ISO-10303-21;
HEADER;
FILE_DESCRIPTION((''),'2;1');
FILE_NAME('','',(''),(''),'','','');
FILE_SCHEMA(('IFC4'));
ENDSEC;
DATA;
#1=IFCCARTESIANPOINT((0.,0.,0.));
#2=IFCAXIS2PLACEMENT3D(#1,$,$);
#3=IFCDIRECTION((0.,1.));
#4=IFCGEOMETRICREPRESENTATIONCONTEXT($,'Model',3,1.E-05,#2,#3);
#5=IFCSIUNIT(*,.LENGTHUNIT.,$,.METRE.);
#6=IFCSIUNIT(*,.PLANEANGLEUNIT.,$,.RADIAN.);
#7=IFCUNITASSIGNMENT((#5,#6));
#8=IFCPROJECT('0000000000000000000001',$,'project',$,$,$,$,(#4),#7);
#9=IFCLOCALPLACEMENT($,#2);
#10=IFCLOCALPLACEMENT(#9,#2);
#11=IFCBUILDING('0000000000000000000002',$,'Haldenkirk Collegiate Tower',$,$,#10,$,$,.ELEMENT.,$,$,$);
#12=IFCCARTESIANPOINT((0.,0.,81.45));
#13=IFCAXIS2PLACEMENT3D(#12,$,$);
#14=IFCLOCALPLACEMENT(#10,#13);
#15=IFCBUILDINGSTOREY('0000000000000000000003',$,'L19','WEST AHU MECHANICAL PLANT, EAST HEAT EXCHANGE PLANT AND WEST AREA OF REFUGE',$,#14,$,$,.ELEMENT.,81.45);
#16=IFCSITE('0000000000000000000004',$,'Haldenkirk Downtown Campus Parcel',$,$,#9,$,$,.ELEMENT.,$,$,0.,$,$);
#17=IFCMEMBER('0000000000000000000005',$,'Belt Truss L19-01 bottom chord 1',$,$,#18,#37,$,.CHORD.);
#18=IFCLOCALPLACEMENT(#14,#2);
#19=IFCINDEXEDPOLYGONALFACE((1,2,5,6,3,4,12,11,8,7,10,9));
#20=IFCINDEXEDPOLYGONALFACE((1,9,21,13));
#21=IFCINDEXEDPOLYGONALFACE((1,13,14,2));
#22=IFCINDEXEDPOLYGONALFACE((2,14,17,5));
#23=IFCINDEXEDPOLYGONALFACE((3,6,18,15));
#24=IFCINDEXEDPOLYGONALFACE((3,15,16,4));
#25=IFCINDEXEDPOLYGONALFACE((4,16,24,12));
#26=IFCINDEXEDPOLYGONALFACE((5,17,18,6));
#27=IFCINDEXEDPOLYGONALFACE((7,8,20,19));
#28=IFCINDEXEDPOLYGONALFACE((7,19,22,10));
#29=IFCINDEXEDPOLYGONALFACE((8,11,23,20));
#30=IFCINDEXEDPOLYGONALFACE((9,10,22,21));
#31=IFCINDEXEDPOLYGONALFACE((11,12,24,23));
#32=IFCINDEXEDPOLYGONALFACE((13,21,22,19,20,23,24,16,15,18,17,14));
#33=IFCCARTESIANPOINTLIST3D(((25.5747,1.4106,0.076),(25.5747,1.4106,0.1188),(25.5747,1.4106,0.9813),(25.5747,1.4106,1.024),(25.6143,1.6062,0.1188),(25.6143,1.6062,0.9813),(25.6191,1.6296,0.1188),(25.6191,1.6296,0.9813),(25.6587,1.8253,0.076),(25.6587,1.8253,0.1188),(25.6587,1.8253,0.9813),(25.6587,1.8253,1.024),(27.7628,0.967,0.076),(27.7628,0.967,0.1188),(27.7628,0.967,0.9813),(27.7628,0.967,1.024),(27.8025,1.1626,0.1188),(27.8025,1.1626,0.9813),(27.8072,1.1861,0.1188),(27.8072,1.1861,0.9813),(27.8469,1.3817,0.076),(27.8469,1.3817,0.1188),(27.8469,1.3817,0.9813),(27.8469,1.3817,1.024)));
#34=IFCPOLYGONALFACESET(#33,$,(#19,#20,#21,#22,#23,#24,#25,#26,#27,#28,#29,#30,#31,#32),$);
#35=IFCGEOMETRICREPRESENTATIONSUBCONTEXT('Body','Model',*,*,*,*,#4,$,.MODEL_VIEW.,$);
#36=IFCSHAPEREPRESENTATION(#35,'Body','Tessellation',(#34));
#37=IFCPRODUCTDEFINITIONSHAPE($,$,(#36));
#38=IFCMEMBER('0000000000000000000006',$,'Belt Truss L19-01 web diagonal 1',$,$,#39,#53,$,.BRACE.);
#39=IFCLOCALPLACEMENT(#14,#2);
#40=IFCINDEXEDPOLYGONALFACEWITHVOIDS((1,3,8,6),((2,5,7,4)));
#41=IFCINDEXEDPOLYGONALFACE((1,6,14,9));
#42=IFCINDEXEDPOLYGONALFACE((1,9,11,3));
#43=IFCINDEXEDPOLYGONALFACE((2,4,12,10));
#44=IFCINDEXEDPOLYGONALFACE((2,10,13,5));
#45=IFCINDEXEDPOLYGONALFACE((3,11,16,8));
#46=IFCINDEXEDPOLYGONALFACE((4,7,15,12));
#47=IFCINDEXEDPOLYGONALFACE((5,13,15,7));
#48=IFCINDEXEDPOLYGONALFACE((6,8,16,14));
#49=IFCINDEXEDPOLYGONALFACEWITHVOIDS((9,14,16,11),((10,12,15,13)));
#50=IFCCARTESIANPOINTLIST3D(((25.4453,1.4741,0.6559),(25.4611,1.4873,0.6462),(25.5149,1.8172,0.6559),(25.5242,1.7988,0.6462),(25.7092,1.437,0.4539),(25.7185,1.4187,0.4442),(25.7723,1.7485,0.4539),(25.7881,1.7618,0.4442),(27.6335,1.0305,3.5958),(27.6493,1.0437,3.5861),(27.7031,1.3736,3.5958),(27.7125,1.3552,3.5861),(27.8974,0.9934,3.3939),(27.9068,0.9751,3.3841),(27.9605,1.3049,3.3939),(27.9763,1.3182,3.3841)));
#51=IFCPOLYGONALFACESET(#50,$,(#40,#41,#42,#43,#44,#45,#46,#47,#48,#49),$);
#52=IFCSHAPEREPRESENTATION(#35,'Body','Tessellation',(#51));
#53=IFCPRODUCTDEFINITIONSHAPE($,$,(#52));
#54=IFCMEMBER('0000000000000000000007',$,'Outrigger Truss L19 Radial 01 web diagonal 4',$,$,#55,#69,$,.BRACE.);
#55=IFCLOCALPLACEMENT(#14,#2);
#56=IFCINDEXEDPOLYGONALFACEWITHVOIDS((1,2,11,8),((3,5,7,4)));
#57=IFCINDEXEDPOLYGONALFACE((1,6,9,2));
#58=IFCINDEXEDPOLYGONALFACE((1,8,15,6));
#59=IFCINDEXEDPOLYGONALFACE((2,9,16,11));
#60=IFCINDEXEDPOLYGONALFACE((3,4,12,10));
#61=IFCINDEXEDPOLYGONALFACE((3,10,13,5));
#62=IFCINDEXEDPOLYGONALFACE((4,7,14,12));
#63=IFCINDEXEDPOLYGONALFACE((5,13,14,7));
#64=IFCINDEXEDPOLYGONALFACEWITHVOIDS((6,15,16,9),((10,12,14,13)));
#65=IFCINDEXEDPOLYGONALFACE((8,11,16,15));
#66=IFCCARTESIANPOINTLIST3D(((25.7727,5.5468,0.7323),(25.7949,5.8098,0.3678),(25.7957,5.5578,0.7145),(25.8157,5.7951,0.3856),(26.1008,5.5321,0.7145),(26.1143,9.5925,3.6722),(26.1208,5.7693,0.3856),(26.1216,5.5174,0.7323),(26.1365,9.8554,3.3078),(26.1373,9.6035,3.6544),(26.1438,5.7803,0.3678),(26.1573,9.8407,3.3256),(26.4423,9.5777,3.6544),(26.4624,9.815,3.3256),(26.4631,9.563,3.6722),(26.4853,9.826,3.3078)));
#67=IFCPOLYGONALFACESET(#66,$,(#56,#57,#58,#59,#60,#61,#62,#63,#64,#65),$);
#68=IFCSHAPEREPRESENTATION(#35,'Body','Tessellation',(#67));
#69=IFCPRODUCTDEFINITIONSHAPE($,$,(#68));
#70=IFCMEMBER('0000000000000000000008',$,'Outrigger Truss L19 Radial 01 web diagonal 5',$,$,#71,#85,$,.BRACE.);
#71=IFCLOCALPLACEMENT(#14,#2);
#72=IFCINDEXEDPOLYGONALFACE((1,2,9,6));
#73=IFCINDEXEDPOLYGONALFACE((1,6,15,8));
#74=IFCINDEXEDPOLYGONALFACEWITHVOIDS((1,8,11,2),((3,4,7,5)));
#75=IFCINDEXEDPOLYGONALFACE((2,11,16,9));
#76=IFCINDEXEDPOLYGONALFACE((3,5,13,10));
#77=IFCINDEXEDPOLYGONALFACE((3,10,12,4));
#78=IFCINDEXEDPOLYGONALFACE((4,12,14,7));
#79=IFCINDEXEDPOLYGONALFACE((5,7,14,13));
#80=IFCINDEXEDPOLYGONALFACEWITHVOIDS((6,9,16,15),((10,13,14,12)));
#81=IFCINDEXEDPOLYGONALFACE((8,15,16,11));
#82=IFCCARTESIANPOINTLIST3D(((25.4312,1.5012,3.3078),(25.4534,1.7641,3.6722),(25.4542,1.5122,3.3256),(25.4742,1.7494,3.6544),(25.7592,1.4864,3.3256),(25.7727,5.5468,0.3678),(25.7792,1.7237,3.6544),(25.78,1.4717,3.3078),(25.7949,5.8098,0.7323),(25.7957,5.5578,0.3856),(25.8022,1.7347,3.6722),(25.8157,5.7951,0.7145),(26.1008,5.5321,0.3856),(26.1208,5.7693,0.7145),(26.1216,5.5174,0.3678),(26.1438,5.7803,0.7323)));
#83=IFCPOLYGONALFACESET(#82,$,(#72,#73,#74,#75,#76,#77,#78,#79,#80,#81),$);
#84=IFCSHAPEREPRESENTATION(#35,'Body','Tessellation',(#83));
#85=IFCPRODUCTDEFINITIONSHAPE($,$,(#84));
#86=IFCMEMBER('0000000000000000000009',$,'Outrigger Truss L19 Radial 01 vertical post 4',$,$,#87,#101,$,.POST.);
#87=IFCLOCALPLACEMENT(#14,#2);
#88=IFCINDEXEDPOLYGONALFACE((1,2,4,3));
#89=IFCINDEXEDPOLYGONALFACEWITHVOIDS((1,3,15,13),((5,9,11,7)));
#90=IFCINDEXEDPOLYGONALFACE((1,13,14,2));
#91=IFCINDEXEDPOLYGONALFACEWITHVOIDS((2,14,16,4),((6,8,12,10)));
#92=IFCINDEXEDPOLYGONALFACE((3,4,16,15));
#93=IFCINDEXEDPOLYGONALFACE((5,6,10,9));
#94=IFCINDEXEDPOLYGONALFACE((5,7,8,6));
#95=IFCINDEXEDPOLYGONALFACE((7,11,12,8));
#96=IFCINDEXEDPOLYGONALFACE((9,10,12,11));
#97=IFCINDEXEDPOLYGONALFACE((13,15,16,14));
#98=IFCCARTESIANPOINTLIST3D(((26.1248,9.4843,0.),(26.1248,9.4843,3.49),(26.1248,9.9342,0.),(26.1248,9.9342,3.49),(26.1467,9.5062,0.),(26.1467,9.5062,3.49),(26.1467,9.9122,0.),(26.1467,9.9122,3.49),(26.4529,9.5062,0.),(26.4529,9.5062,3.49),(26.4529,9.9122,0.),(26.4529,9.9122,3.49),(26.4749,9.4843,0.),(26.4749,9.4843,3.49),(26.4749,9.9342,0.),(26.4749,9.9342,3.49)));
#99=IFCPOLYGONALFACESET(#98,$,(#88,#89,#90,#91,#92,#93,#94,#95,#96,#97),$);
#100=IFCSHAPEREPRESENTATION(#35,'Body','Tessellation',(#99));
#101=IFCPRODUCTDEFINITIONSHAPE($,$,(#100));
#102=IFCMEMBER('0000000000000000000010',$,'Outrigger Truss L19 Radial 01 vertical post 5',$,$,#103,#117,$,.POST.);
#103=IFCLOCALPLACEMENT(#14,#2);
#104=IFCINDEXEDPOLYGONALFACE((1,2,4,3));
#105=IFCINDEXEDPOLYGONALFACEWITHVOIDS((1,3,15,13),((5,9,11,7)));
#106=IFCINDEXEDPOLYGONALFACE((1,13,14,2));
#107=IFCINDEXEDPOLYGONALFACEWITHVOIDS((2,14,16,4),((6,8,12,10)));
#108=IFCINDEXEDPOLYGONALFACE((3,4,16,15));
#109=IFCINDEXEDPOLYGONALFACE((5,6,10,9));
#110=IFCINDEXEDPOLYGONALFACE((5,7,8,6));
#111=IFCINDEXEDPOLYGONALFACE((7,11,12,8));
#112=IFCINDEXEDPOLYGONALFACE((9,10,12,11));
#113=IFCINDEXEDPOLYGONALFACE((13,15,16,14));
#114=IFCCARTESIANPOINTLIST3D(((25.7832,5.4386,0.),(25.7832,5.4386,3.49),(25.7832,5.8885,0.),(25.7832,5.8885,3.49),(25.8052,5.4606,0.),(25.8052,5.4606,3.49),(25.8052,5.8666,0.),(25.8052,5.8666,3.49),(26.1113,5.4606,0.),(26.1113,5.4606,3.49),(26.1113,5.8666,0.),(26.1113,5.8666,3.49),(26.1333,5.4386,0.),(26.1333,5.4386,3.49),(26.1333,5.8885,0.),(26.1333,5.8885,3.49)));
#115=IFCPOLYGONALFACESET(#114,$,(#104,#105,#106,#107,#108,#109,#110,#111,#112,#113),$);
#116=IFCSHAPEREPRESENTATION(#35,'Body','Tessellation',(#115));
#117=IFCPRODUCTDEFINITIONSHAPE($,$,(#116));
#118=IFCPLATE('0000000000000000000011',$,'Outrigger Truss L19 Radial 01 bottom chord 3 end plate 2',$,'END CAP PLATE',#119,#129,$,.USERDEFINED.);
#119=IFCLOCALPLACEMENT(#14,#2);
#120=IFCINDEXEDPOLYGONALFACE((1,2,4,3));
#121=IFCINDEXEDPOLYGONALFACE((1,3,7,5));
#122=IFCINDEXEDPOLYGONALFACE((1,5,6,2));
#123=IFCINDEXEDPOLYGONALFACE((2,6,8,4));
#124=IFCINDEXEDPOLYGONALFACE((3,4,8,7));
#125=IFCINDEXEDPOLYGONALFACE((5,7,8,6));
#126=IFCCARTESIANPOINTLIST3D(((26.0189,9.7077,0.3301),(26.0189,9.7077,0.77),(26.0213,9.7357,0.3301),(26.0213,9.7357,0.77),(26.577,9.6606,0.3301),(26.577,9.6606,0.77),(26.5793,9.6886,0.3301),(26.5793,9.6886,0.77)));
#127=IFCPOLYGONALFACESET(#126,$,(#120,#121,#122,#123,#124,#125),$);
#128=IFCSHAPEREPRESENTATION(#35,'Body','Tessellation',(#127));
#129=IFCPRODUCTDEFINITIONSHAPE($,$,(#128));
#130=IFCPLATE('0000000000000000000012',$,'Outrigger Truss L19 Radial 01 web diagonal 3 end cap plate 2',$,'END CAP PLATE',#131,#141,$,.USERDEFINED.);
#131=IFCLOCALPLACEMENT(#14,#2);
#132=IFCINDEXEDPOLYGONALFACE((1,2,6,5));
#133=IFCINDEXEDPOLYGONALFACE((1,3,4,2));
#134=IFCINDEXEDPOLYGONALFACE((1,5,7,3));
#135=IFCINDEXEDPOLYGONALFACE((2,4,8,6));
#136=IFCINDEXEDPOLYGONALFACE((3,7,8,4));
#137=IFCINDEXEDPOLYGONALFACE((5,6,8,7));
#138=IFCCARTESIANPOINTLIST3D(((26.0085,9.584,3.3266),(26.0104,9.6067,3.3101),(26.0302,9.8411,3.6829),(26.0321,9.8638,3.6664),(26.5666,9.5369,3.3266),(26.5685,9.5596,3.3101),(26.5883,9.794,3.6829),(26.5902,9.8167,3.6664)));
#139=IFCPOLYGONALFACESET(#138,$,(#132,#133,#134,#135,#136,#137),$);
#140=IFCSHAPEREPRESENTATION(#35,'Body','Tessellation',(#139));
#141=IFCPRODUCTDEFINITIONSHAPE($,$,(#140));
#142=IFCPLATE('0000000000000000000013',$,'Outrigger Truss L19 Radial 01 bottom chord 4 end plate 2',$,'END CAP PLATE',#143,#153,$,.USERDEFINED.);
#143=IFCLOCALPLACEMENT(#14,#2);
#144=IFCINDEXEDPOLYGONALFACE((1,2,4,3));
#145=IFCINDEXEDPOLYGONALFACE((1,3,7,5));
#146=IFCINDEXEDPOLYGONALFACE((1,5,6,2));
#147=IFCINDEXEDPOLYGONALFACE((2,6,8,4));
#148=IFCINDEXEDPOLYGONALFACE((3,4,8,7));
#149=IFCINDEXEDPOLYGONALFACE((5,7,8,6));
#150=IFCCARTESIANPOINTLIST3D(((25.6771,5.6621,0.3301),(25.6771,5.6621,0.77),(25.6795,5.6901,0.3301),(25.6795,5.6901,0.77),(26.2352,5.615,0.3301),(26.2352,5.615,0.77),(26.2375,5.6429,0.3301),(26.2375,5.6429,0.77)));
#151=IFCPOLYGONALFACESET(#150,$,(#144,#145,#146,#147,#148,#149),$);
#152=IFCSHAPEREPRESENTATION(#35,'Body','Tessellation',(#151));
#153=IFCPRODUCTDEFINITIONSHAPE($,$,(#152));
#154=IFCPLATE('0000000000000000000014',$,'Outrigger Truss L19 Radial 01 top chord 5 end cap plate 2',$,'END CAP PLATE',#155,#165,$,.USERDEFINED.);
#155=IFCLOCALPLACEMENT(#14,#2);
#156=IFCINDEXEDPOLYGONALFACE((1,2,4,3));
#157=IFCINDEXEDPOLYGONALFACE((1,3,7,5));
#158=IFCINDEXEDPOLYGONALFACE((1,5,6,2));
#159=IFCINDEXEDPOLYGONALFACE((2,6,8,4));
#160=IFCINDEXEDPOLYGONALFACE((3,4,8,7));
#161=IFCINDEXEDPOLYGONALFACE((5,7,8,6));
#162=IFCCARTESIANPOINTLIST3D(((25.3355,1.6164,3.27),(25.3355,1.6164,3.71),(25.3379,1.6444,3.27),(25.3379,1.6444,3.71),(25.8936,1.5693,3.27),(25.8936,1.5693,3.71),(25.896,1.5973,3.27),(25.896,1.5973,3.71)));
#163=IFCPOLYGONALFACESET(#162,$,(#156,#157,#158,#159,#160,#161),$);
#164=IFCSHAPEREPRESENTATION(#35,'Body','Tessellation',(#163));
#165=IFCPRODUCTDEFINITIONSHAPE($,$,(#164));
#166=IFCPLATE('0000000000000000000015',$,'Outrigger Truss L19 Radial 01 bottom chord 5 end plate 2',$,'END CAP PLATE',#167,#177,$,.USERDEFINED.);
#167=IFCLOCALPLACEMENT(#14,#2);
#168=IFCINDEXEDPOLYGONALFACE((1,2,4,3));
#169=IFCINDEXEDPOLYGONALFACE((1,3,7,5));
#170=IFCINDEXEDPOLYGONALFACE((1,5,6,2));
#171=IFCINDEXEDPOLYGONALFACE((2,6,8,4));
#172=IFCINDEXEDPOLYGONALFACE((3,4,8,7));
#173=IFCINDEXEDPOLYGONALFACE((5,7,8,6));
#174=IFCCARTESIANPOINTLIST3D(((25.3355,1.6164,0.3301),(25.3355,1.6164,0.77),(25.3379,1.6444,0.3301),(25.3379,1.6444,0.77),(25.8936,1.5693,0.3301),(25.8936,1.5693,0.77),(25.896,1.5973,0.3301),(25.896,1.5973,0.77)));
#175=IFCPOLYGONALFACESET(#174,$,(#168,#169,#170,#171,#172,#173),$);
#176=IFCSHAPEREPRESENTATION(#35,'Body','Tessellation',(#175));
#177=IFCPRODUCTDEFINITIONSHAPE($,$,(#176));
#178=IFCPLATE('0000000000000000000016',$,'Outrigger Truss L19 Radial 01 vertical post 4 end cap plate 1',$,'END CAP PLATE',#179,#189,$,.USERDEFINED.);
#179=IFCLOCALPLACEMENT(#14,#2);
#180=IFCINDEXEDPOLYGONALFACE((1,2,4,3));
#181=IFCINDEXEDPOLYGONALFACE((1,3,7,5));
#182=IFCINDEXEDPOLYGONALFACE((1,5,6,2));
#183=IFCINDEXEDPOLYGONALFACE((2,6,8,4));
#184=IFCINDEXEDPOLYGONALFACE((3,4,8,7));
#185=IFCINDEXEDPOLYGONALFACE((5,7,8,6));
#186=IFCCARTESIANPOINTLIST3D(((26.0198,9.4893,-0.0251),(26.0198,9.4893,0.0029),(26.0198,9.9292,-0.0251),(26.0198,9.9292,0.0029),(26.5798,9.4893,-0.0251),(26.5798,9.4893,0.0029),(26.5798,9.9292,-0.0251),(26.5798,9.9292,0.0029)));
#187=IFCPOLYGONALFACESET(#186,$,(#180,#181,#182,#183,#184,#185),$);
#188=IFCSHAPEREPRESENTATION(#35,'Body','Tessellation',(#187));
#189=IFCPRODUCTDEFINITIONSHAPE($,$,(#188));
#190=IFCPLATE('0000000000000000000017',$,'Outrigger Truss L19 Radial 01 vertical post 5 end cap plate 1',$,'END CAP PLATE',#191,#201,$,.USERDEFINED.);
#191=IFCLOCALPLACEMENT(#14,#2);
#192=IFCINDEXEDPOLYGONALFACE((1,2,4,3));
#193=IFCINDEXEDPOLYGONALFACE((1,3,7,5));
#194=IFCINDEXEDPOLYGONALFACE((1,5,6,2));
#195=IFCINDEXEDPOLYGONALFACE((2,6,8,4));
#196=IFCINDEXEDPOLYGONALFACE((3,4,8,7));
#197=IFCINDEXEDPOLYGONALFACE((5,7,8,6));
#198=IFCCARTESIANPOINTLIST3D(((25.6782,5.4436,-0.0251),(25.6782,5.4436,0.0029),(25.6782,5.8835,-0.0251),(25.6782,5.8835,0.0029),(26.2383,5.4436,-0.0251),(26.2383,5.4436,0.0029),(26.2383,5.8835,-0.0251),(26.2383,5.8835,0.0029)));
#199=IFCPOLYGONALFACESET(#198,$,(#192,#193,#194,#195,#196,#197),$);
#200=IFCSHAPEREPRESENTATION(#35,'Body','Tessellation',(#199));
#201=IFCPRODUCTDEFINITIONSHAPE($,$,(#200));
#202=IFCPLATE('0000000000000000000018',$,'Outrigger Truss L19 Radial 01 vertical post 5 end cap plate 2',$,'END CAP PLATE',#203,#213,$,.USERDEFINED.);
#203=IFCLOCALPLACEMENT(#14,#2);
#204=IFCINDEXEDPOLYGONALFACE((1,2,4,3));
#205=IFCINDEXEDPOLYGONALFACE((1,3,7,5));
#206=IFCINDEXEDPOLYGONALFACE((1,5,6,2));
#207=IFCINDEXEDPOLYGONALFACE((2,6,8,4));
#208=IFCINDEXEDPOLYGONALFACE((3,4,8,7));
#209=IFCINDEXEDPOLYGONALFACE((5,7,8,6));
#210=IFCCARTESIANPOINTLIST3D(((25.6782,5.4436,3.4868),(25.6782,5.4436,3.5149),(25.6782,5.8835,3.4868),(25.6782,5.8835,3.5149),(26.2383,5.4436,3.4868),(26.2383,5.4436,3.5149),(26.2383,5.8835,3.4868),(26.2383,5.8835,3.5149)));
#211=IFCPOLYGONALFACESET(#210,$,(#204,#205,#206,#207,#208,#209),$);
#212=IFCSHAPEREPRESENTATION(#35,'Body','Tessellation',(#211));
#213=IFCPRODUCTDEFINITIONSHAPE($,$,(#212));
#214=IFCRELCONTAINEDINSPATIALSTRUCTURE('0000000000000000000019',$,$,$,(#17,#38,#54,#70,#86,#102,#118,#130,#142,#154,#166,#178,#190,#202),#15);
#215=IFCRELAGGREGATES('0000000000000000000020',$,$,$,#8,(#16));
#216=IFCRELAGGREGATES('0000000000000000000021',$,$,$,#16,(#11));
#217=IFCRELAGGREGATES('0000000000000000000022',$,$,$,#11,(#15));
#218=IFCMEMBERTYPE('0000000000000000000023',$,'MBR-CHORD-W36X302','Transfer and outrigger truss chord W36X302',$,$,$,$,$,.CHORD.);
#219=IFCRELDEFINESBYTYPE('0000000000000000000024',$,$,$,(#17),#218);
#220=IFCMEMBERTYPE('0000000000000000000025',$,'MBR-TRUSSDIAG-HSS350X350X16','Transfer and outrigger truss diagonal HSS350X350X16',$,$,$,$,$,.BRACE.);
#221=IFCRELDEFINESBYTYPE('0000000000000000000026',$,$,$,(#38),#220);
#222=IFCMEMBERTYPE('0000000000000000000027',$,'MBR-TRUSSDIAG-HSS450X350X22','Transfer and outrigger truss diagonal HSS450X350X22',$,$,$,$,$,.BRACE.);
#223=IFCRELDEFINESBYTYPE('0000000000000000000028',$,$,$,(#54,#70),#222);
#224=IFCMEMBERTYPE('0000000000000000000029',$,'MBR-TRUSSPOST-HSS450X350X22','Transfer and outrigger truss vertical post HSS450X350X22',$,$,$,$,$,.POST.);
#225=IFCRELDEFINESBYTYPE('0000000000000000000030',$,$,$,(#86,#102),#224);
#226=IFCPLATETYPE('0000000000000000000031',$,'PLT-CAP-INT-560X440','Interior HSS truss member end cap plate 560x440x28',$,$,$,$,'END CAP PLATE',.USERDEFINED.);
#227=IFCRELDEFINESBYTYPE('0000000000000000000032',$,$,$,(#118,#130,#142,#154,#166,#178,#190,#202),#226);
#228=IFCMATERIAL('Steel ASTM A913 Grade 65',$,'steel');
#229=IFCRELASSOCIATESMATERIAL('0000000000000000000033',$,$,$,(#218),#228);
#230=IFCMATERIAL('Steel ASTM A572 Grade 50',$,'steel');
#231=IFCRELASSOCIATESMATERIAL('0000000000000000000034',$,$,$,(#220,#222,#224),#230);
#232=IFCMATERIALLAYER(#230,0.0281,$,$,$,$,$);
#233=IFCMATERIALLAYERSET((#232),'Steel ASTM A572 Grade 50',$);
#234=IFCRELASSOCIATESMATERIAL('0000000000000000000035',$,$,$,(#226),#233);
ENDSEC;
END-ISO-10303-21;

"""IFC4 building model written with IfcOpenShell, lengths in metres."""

from ifc_helpers import new_model, si_unit, direction, frame, origin, origin_2d, place, context, subcontext, project, spatial, rectangle, hollow_rectangle, i_section, extrude, source, transform, mapped, material, layer, layer_set, material_profile, profile_set, type_object, element, save


model = new_model("IFC4")

# Units and contexts
model_context = context("Model", 3, precision=1e-05, world=origin(), true_north=direction((0.0, 1.0)))
body_context = subcontext(model_context, "Body", "Model", "MODEL_VIEW")
ifc_project = project(units=[si_unit("LENGTHUNIT", "METRE"), si_unit("PLANEANGLEUNIT", "RADIAN")], contexts=[model_context])

# Site, building, storey
site_placement = place(None, origin())
site = spatial("IfcSite", under=ifc_project, at=site_placement, Name="Haldenkirk Downtown Campus Parcel", CompositionType="ELEMENT", RefElevation=0.0)
building_placement = place(site_placement, origin())
building = spatial("IfcBuilding", under=site, at=building_placement, Name="Haldenkirk Collegiate Tower", CompositionType="ELEMENT")
storey_placement = place(building_placement, frame((0.0, 0.0, 81.45)))
storey = spatial("IfcBuildingStorey", under=building, at=storey_placement, Name="L19", Description="WEST AHU MECHANICAL PLANT, EAST HEAT EXCHANGE PLANT AND WEST AREA OF REFUGE", CompositionType="ELEMENT", Elevation=81.45)

# Shared definitions
ifc_material_1 = material(Name="Steel ASTM A913 Grade 65", Category="steel")

# Members
ifc_material_2 = material(Name="Steel ASTM A572 Grade 50", Category="steel")
ifc_material_profile_1 = material_profile(ifc_material_1, i_section(OverallWidth=0.4231, OverallDepth=0.948, WebThickness=0.0239, FlangeThickness=0.0427, at=origin_2d()), Name="W36X302")
ifc_profile_set_1 = profile_set([ifc_material_profile_1], Name="Steel ASTM A913 Grade 65")
member_type_1 = type_object("IfcMemberType", Name="MBR-CHORD-W36X302", Description="Transfer and outrigger truss chord W36X302", PredefinedType="CHORD", material=ifc_profile_set_1)
member_1_placement = place(storey_placement, frame((25.6167, 1.6179, 0.55), z_axis=(0.980064, -0.198681, 0.0), x_axis=(0.198681, 0.980064, 0.0)))
element("IfcMember", 1, at=member_1_placement, inside=storey, type_object=member_type_1, Name="Belt Truss L19-01 bottom chord 1", PredefinedType="CHORD", context=body_context, shape_type="SweptSolid", body=[
    extrude(i_section(OverallWidth=0.4231, OverallDepth=0.948, WebThickness=0.0239, FlangeThickness=0.0427, at=origin_2d()), origin(), (0.0, 0.0, 1.0), 2.2327),
])
ifc_material_profile_2 = material_profile(ifc_material_2, hollow_rectangle(XDim=0.3501, YDim=0.3501, WallThickness=0.0161, at=origin_2d()), Name="HSS350X350X16")
ifc_profile_set_2 = profile_set([ifc_material_profile_2], Name="Steel ASTM A572 Grade 50")
member_type_2 = type_object("IfcMemberType", Name="MBR-TRUSSDIAG-HSS350X350X16", Description="Transfer and outrigger truss diagonal HSS350X350X16", PredefinedType="BRACE", material=ifc_profile_set_2)
member_2_placement = place(storey_placement, frame((25.6167, 1.6179, 0.55), z_axis=(0.592749, -0.120163, 0.796372), x_axis=(0.198681, 0.980064, 0.0)))
element("IfcMember", 2, at=member_2_placement, inside=storey, type_object=member_type_2, Name="Belt Truss L19-01 web diagonal 1", PredefinedType="BRACE", context=body_context, shape_type="SweptSolid", body=[
    extrude(hollow_rectangle(XDim=0.3501, YDim=0.3501, WallThickness=0.0161, at=origin_2d()), origin(), (0.0, 0.0, 1.0), 3.6917),
])
ifc_material_profile_3 = material_profile(ifc_material_2, hollow_rectangle(XDim=0.3501, YDim=0.45, WallThickness=0.022, at=origin_2d()), Name="HSS450X350X22")
ifc_profile_set_3 = profile_set([ifc_material_profile_3], Name="Steel ASTM A572 Grade 50")
member_type_3 = type_object("IfcMemberType", Name="MBR-TRUSSDIAG-HSS450X350X22", Description="Transfer and outrigger truss diagonal HSS450X350X22", PredefinedType="BRACE", material=ifc_profile_set_3)
for number, where, z_axis, x_axis, name in (
    (3, (26.2998, 9.7092, 3.49), (-0.068137, -0.80708, -0.586498), (0.996455, -0.084125, 0.0), "Outrigger Truss L19 Radial 01 web diagonal 4"),
    (4, (25.9583, 5.6636, 0.55), (-0.068137, -0.80708, 0.586498), (0.996455, -0.084125, 0.0), "Outrigger Truss L19 Radial 01 web diagonal 5"),
):
    element("IfcMember", number, at=place(storey_placement, frame(where, z_axis=z_axis, x_axis=x_axis)), inside=storey, type_object=member_type_3, Name=name, PredefinedType="BRACE", context=body_context, shape_type="SweptSolid", body=[
        extrude(hollow_rectangle(XDim=0.3501, YDim=0.45, WallThickness=0.022, at=origin_2d()), origin(), (0.0, 0.0, 1.0), 5.0127),
    ])
ifc_material_profile_4 = material_profile(ifc_material_2, hollow_rectangle(XDim=0.3501, YDim=0.45, WallThickness=0.022, at=origin_2d()), Name="HSS450X350X22")
ifc_profile_set_4 = profile_set([ifc_material_profile_4], Name="Steel ASTM A572 Grade 50")
member_type_4 = type_object("IfcMemberType", Name="MBR-TRUSSPOST-HSS450X350X22", Description="Transfer and outrigger truss vertical post HSS450X350X22", PredefinedType="POST", material=ifc_profile_set_4)
for number, where, z_axis, x_axis, name in (
    (5, (26.2998, 9.7092, 0.0), (0.0, 0.0, 1.0), (1.0, 0.0, 0.0), "Outrigger Truss L19 Radial 01 vertical post 4"),
    (6, (25.9583, 5.6636, 0.0), (0.0, 0.0, 1.0), (1.0, 0.0, 0.0), "Outrigger Truss L19 Radial 01 vertical post 5"),
):
    element("IfcMember", number, at=place(storey_placement, frame(where, z_axis=z_axis, x_axis=x_axis)), inside=storey, type_object=member_type_4, Name=name, PredefinedType="POST", context=body_context, shape_type="SweptSolid", body=[
        extrude(hollow_rectangle(XDim=0.3501, YDim=0.45, WallThickness=0.022, at=origin_2d()), origin(), (0.0, 0.0, 1.0), 3.49),
    ])

# Plates
ifc_layer = layer(ifc_material_2, 0.0281)
ifc_layer_set = layer_set([ifc_layer], Name="Steel ASTM A572 Grade 50")
plate_type = type_object("IfcPlateType", Name="PLT-CAP-INT-560X440", Description="Interior HSS truss member end cap plate 560x440x28", ElementType="END CAP PLATE", PredefinedType="USERDEFINED", material=ifc_layer_set)
shared_shape = source(origin(), body_context, "Body", "SweptSolid", [
    extrude(rectangle(XDim=0.5601, YDim=0.4399, at=origin_2d()), origin(), (0.0, 0.0, 1.0), 0.0281),
])
for number, where, z_axis, x_axis, name in (
    (7, (26.3003, 9.7122, 0.55), (-0.084148, -0.996453, 0.0), (0.996453, -0.084148, 0.0), "Outrigger Truss L19 Radial 01 bottom chord 3 end plate 2"),
    (8, (26.3003, 9.7117, 3.4883), (-0.068146, -0.807077, 0.586501), (0.996454, -0.084136, 0.0), "Outrigger Truss L19 Radial 01 web diagonal 3 end cap plate 2"),
    (9, (25.9585, 5.6665, 0.55), (-0.084148, -0.996453, 0.0), (0.996453, -0.084148, 0.0), "Outrigger Truss L19 Radial 01 bottom chord 4 end plate 2"),
    (10, (25.6169, 1.6208, 3.49), (-0.084136, -0.996454, 0.0), (0.996454, -0.084136, 0.0), "Outrigger Truss L19 Radial 01 top chord 5 end cap plate 2"),
    (11, (25.6169, 1.6208, 0.55), (-0.084148, -0.996453, 0.0), (0.996453, -0.084148, 0.0), "Outrigger Truss L19 Radial 01 bottom chord 5 end plate 2"),
    (12, (26.2998, 9.7092, 0.0029), (0.0, 0.0, -1.0), (1.0, 0.0, 0.0), "Outrigger Truss L19 Radial 01 vertical post 4 end cap plate 1"),
    (13, (25.9583, 5.6636, 0.0029), (0.0, 0.0, -1.0), (1.0, 0.0, 0.0), "Outrigger Truss L19 Radial 01 vertical post 5 end cap plate 1"),
    (14, (25.9583, 5.6636, 3.4868), (0.0, 0.0, 1.0), (1.0, 0.0, 0.0), "Outrigger Truss L19 Radial 01 vertical post 5 end cap plate 2"),
):
    element("IfcPlate", number, at=place(storey_placement, frame(where, z_axis=z_axis, x_axis=x_axis)), inside=storey, type_object=plate_type, Name=name, ObjectType="END CAP PLATE", PredefinedType="USERDEFINED", context=body_context, shape_type="MappedRepresentation", body=[
        mapped(shared_shape, transform((0.0, 0.0, 0.0), x_axis=(1.0, 0.0, 0.0), y_axis=(0.0, 1.0, 0.0), z_axis=(0.0, 0.0, 1.0), scale=1.0)),
    ])

save(model, "model.ifc")
